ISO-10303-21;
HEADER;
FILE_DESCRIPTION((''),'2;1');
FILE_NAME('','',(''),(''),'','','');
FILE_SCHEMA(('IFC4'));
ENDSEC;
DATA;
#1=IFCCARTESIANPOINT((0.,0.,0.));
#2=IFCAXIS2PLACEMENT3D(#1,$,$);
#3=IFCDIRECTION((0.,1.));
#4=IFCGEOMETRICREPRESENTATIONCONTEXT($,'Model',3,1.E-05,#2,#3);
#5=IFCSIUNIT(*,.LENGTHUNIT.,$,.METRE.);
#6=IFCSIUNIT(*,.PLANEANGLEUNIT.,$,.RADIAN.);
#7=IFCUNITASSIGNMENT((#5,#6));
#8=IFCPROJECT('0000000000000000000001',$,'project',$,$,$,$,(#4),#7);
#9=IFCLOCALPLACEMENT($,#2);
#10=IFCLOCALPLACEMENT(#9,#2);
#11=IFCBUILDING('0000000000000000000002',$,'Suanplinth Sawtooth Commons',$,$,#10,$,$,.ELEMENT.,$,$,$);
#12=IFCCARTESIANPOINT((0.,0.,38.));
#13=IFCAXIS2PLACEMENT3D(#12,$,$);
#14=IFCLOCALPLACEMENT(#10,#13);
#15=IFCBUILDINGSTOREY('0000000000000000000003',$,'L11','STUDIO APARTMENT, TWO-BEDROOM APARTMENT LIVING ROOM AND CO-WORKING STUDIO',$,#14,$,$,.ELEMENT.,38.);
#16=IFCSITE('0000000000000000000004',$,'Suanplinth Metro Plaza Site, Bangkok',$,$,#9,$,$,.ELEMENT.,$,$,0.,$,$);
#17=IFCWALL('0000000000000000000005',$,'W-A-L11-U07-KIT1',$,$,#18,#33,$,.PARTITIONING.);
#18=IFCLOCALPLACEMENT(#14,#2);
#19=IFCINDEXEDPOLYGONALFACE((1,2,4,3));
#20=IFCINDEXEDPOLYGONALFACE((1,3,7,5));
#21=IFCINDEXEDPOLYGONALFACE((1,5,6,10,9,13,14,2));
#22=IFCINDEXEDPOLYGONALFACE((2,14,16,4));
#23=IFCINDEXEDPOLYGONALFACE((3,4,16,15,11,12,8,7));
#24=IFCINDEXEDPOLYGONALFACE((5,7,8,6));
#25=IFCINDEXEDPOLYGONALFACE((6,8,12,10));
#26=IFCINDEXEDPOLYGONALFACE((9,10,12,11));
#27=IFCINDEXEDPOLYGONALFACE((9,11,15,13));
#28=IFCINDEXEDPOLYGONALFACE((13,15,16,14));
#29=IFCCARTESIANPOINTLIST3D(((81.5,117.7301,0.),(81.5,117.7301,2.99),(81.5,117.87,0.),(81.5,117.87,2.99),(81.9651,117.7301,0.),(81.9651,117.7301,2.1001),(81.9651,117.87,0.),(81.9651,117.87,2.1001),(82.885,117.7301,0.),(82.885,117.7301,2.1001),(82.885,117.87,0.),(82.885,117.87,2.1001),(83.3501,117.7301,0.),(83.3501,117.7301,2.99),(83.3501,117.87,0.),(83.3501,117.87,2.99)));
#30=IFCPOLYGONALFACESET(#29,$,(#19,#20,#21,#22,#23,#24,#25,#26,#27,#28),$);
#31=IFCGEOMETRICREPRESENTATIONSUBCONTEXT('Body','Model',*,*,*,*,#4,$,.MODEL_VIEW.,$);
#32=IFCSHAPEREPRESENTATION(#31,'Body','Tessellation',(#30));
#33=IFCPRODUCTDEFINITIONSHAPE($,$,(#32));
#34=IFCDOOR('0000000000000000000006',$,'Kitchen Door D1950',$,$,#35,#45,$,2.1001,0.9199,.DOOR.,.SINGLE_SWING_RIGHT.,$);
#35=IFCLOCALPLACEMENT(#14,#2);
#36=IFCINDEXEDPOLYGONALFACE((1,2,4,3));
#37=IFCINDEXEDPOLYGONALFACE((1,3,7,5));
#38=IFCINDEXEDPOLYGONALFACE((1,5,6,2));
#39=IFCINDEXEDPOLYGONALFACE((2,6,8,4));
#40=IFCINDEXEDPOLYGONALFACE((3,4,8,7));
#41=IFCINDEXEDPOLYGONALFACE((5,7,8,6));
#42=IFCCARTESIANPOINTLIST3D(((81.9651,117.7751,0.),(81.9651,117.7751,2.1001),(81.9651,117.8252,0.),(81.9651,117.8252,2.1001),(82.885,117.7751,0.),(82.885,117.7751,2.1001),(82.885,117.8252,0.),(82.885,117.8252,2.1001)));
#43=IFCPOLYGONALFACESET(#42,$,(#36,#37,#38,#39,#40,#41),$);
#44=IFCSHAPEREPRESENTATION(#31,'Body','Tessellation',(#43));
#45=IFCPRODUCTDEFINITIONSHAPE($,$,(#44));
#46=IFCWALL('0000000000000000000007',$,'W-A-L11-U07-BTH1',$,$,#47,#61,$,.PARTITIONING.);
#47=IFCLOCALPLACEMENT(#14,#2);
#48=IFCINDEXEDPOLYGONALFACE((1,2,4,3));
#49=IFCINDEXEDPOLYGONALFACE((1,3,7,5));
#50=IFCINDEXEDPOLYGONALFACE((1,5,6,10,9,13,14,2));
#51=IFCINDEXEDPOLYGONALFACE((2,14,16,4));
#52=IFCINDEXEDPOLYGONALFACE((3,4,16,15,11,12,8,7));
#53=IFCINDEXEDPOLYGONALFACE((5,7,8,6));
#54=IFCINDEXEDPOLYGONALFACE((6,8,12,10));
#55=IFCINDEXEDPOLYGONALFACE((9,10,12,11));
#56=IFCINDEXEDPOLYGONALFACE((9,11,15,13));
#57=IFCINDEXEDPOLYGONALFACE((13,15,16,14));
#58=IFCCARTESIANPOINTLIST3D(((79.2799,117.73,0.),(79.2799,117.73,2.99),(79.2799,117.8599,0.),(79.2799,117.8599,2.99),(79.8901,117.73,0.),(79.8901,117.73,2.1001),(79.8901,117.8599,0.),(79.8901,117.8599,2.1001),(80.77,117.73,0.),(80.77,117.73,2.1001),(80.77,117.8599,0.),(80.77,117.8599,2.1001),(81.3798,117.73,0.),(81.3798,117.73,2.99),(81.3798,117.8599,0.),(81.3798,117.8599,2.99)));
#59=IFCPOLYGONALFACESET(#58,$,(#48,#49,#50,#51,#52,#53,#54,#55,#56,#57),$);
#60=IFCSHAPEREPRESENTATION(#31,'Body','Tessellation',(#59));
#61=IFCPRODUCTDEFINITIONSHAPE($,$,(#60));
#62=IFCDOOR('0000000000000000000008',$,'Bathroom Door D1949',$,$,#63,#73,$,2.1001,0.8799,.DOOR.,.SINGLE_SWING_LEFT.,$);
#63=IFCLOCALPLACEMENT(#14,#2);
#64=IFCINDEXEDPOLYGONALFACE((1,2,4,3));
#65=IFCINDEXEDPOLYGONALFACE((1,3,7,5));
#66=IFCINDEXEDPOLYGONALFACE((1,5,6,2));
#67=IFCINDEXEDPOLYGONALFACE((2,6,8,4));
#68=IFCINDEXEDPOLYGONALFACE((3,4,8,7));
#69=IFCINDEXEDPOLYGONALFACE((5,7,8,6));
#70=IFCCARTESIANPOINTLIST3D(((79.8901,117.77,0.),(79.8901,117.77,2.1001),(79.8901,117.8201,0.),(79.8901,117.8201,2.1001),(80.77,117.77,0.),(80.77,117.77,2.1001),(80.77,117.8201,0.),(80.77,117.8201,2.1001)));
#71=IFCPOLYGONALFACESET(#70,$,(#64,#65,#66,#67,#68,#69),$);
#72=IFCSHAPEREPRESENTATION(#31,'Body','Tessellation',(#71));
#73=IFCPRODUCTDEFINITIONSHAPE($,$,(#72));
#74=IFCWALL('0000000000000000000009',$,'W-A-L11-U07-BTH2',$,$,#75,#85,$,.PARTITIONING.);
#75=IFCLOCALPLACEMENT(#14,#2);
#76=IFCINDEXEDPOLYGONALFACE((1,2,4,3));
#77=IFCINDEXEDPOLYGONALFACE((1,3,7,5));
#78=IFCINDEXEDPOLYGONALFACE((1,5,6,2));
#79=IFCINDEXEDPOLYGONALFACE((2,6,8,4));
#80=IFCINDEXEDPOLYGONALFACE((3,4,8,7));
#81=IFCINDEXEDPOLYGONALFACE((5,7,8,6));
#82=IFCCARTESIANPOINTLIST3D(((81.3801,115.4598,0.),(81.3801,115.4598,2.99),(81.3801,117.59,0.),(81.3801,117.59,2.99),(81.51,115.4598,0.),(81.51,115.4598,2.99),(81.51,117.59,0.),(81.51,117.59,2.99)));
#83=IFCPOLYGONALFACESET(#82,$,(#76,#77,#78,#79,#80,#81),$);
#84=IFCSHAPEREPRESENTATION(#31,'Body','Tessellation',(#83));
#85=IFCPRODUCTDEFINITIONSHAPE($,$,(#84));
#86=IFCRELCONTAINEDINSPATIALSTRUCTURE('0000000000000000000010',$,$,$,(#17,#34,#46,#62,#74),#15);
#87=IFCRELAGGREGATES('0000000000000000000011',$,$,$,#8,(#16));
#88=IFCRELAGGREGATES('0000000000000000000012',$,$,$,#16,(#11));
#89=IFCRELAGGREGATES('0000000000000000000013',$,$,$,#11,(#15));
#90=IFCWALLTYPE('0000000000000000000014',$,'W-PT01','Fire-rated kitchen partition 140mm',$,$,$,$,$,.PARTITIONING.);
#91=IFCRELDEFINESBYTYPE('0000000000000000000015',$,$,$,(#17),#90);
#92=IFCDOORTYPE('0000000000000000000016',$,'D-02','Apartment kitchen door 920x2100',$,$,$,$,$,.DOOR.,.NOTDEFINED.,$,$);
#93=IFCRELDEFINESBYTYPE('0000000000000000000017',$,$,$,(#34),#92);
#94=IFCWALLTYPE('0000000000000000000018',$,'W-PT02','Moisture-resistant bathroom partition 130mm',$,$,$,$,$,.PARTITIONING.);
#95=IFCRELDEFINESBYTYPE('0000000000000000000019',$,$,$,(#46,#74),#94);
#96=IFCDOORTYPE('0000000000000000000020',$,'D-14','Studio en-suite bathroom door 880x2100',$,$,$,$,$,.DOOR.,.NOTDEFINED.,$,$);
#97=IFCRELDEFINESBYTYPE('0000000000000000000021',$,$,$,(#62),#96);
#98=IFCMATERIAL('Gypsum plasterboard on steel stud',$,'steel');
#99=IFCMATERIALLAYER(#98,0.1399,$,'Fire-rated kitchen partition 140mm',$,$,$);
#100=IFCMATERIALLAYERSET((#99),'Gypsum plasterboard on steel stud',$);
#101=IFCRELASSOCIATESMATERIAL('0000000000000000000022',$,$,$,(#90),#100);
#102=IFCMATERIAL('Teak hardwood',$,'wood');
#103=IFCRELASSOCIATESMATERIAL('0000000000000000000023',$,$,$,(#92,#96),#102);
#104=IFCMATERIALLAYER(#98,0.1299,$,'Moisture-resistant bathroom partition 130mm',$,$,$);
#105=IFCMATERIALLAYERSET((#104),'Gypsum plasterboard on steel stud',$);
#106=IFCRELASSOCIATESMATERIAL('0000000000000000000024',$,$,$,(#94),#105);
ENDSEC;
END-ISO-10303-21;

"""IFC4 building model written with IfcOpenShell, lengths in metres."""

from ifc_helpers import new_model, si_unit, direction, frame, frame_2d, origin, place, context, subcontext, project, spatial, rectangle, extrude, material, layer, layer_set, type_object, element, fill, save


model = new_model("IFC4")

# Units and contexts
model_context = context("Model", 3, precision=1e-05, world=origin(), true_north=direction((0.0, 1.0)))
body_context = subcontext(model_context, "Body", "Model", "MODEL_VIEW")
ifc_project = project(units=[si_unit("LENGTHUNIT", "METRE"), si_unit("PLANEANGLEUNIT", "RADIAN")], contexts=[model_context])

# Site, building, storey
site_placement = place(None, origin())
site = spatial("IfcSite", under=ifc_project, at=site_placement, Name="Suanplinth Metro Plaza Site, Bangkok", CompositionType="ELEMENT", RefElevation=0.0)
building_placement = place(site_placement, origin())
building = spatial("IfcBuilding", under=site, at=building_placement, Name="Suanplinth Sawtooth Commons", CompositionType="ELEMENT")
storey_placement = place(building_placement, frame((0.0, 0.0, 38.0)))
storey = spatial("IfcBuildingStorey", under=building, at=storey_placement, Name="L11", Description="STUDIO APARTMENT, TWO-BEDROOM APARTMENT LIVING ROOM AND CO-WORKING STUDIO", CompositionType="ELEMENT", Elevation=38.0)

# Walls, openings, doors
ifc_material_1 = material(Name="Gypsum plasterboard on steel stud", Category="steel")
ifc_layer_1 = layer(ifc_material_1, 0.1399, Name="Fire-rated kitchen partition 140mm")
ifc_layer_set_1 = layer_set([ifc_layer_1], Name="Gypsum plasterboard on steel stud")
wall_type_1 = type_object("IfcWallType", Name="W-PT01", Description="Fire-rated kitchen partition 140mm", PredefinedType="PARTITIONING", material=ifc_layer_set_1)
wall_1_placement = place(storey_placement, frame((81.5, 117.8, 0.0), z_axis=(0.0, 0.0, 1.0), x_axis=(1.0, 0.0, 0.0)))
wall_1 = element("IfcWall", 1, at=wall_1_placement, inside=storey, type_object=wall_type_1, Name="W-A-L11-U07-KIT1", PredefinedType="PARTITIONING", context=body_context, shape_type="SweptSolid", body=[
    extrude(rectangle(XDim=1.8501, YDim=0.1399, at=frame_2d((0.925, 0.0))), origin(), (0.0, 0.0, 1.0), 2.99),
])
opening_1_placement = place(wall_1_placement, frame((0.4651, 0.0, 0.0)))
opening_1 = element("IfcOpeningElement", 2, at=opening_1_placement, cuts=wall_1, PredefinedType="OPENING", context=body_context, shape_type="SweptSolid", body=[
    extrude(rectangle(XDim=0.9199, YDim=2.1001, at=frame_2d((0.46, 1.05))), frame((0.0, 0.085, 0.0), z_axis=(0.0, -1.0, 0.0), x_axis=(1.0, 0.0, 0.0)), (0.0, 0.0, 1.0), 0.1697),
])
ifc_material_2 = material(Name="Teak hardwood", Category="wood")
door_type_1 = type_object("IfcDoorType", Name="D-02", Description="Apartment kitchen door 920x2100", OperationType="NOTDEFINED", PredefinedType="DOOR", material=ifc_material_2)
door_1_placement = place(opening_1_placement, frame((0.9199, 0.0, 0.0), z_axis=(0.0, 0.0, 1.0), x_axis=(-1.0, 0.0, 0.0)))
door_1 = element("IfcDoor", 3, at=door_1_placement, inside=storey, type_object=door_type_1, Name="Kitchen Door D1950", OperationType="SINGLE_SWING_RIGHT", OverallHeight=2.1001, OverallWidth=0.9199, PredefinedType="DOOR", context=body_context, shape_type="SweptSolid", body=[
    extrude(rectangle(XDim=0.9199, YDim=2.1001, at=frame_2d((0.46, 1.05))), frame((0.0, 0.0249, 0.0), z_axis=(0.0, -1.0, 0.0), x_axis=(1.0, 0.0, 0.0)), (0.0, 0.0, 1.0), 0.05),
])
fill(opening_1, door_1)
ifc_layer_2 = layer(ifc_material_1, 0.1299, Name="Moisture-resistant bathroom partition 130mm")
ifc_layer_set_2 = layer_set([ifc_layer_2], Name="Gypsum plasterboard on steel stud")
wall_type_2 = type_object("IfcWallType", Name="W-PT02", Description="Moisture-resistant bathroom partition 130mm", PredefinedType="PARTITIONING", material=ifc_layer_set_2)
wall_2_placement = place(storey_placement, frame((79.28, 117.7949, 0.0), z_axis=(0.0, 0.0, 1.0), x_axis=(1.0, 0.0, 0.0)))
wall_2 = element("IfcWall", 4, at=wall_2_placement, inside=storey, type_object=wall_type_2, Name="W-A-L11-U07-BTH1", PredefinedType="PARTITIONING", context=body_context, shape_type="SweptSolid", body=[
    extrude(rectangle(XDim=2.0999, YDim=0.1299, at=frame_2d((1.0498, 0.0))), origin(), (0.0, 0.0, 1.0), 2.99),
])
opening_2_placement = place(wall_2_placement, frame((0.6101, 0.0, 0.0)))
opening_2 = element("IfcOpeningElement", 5, at=opening_2_placement, cuts=wall_2, PredefinedType="OPENING", context=body_context, shape_type="SweptSolid", body=[
    extrude(rectangle(XDim=0.8799, YDim=2.1001, at=frame_2d((0.4399, 1.05))), frame((0.0, 0.0798, 0.0), z_axis=(0.0, -1.0, 0.0), x_axis=(1.0, 0.0, 0.0)), (0.0, 0.0, 1.0), 0.1597),
])
door_type_2 = type_object("IfcDoorType", Name="D-14", Description="Studio en-suite bathroom door 880x2100", OperationType="NOTDEFINED", PredefinedType="DOOR", material=ifc_material_2)
door_2_placement = place(opening_2_placement, frame((0.8799, 0.0, 0.0), z_axis=(0.0, 0.0, 1.0), x_axis=(-1.0, 0.0, 0.0)))
door_2 = element("IfcDoor", 6, at=door_2_placement, inside=storey, type_object=door_type_2, Name="Bathroom Door D1949", OperationType="SINGLE_SWING_LEFT", OverallHeight=2.1001, OverallWidth=0.8799, PredefinedType="DOOR", context=body_context, shape_type="SweptSolid", body=[
    extrude(rectangle(XDim=0.8799, YDim=2.1001, at=frame_2d((0.4399, 1.05))), frame((0.0, 0.0249, 0.0), z_axis=(0.0, -1.0, 0.0), x_axis=(1.0, 0.0, 0.0)), (0.0, 0.0, 1.0), 0.05),
])
fill(opening_2, door_2)

# Wall
wall_3_placement = place(storey_placement, frame((81.4451, 115.46, 0.0), z_axis=(0.0, 0.0, 1.0), x_axis=(0.0, 1.0, 0.0)))
element("IfcWall", 7, at=wall_3_placement, inside=storey, type_object=wall_type_2, Name="W-A-L11-U07-BTH2", PredefinedType="PARTITIONING", context=body_context, shape_type="SweptSolid", body=[
    extrude(rectangle(XDim=2.1301, YDim=0.1299, at=frame_2d((1.0649, 0.0))), origin(), (0.0, 0.0, 1.0), 2.99),
])

save(model, "model.ifc")
